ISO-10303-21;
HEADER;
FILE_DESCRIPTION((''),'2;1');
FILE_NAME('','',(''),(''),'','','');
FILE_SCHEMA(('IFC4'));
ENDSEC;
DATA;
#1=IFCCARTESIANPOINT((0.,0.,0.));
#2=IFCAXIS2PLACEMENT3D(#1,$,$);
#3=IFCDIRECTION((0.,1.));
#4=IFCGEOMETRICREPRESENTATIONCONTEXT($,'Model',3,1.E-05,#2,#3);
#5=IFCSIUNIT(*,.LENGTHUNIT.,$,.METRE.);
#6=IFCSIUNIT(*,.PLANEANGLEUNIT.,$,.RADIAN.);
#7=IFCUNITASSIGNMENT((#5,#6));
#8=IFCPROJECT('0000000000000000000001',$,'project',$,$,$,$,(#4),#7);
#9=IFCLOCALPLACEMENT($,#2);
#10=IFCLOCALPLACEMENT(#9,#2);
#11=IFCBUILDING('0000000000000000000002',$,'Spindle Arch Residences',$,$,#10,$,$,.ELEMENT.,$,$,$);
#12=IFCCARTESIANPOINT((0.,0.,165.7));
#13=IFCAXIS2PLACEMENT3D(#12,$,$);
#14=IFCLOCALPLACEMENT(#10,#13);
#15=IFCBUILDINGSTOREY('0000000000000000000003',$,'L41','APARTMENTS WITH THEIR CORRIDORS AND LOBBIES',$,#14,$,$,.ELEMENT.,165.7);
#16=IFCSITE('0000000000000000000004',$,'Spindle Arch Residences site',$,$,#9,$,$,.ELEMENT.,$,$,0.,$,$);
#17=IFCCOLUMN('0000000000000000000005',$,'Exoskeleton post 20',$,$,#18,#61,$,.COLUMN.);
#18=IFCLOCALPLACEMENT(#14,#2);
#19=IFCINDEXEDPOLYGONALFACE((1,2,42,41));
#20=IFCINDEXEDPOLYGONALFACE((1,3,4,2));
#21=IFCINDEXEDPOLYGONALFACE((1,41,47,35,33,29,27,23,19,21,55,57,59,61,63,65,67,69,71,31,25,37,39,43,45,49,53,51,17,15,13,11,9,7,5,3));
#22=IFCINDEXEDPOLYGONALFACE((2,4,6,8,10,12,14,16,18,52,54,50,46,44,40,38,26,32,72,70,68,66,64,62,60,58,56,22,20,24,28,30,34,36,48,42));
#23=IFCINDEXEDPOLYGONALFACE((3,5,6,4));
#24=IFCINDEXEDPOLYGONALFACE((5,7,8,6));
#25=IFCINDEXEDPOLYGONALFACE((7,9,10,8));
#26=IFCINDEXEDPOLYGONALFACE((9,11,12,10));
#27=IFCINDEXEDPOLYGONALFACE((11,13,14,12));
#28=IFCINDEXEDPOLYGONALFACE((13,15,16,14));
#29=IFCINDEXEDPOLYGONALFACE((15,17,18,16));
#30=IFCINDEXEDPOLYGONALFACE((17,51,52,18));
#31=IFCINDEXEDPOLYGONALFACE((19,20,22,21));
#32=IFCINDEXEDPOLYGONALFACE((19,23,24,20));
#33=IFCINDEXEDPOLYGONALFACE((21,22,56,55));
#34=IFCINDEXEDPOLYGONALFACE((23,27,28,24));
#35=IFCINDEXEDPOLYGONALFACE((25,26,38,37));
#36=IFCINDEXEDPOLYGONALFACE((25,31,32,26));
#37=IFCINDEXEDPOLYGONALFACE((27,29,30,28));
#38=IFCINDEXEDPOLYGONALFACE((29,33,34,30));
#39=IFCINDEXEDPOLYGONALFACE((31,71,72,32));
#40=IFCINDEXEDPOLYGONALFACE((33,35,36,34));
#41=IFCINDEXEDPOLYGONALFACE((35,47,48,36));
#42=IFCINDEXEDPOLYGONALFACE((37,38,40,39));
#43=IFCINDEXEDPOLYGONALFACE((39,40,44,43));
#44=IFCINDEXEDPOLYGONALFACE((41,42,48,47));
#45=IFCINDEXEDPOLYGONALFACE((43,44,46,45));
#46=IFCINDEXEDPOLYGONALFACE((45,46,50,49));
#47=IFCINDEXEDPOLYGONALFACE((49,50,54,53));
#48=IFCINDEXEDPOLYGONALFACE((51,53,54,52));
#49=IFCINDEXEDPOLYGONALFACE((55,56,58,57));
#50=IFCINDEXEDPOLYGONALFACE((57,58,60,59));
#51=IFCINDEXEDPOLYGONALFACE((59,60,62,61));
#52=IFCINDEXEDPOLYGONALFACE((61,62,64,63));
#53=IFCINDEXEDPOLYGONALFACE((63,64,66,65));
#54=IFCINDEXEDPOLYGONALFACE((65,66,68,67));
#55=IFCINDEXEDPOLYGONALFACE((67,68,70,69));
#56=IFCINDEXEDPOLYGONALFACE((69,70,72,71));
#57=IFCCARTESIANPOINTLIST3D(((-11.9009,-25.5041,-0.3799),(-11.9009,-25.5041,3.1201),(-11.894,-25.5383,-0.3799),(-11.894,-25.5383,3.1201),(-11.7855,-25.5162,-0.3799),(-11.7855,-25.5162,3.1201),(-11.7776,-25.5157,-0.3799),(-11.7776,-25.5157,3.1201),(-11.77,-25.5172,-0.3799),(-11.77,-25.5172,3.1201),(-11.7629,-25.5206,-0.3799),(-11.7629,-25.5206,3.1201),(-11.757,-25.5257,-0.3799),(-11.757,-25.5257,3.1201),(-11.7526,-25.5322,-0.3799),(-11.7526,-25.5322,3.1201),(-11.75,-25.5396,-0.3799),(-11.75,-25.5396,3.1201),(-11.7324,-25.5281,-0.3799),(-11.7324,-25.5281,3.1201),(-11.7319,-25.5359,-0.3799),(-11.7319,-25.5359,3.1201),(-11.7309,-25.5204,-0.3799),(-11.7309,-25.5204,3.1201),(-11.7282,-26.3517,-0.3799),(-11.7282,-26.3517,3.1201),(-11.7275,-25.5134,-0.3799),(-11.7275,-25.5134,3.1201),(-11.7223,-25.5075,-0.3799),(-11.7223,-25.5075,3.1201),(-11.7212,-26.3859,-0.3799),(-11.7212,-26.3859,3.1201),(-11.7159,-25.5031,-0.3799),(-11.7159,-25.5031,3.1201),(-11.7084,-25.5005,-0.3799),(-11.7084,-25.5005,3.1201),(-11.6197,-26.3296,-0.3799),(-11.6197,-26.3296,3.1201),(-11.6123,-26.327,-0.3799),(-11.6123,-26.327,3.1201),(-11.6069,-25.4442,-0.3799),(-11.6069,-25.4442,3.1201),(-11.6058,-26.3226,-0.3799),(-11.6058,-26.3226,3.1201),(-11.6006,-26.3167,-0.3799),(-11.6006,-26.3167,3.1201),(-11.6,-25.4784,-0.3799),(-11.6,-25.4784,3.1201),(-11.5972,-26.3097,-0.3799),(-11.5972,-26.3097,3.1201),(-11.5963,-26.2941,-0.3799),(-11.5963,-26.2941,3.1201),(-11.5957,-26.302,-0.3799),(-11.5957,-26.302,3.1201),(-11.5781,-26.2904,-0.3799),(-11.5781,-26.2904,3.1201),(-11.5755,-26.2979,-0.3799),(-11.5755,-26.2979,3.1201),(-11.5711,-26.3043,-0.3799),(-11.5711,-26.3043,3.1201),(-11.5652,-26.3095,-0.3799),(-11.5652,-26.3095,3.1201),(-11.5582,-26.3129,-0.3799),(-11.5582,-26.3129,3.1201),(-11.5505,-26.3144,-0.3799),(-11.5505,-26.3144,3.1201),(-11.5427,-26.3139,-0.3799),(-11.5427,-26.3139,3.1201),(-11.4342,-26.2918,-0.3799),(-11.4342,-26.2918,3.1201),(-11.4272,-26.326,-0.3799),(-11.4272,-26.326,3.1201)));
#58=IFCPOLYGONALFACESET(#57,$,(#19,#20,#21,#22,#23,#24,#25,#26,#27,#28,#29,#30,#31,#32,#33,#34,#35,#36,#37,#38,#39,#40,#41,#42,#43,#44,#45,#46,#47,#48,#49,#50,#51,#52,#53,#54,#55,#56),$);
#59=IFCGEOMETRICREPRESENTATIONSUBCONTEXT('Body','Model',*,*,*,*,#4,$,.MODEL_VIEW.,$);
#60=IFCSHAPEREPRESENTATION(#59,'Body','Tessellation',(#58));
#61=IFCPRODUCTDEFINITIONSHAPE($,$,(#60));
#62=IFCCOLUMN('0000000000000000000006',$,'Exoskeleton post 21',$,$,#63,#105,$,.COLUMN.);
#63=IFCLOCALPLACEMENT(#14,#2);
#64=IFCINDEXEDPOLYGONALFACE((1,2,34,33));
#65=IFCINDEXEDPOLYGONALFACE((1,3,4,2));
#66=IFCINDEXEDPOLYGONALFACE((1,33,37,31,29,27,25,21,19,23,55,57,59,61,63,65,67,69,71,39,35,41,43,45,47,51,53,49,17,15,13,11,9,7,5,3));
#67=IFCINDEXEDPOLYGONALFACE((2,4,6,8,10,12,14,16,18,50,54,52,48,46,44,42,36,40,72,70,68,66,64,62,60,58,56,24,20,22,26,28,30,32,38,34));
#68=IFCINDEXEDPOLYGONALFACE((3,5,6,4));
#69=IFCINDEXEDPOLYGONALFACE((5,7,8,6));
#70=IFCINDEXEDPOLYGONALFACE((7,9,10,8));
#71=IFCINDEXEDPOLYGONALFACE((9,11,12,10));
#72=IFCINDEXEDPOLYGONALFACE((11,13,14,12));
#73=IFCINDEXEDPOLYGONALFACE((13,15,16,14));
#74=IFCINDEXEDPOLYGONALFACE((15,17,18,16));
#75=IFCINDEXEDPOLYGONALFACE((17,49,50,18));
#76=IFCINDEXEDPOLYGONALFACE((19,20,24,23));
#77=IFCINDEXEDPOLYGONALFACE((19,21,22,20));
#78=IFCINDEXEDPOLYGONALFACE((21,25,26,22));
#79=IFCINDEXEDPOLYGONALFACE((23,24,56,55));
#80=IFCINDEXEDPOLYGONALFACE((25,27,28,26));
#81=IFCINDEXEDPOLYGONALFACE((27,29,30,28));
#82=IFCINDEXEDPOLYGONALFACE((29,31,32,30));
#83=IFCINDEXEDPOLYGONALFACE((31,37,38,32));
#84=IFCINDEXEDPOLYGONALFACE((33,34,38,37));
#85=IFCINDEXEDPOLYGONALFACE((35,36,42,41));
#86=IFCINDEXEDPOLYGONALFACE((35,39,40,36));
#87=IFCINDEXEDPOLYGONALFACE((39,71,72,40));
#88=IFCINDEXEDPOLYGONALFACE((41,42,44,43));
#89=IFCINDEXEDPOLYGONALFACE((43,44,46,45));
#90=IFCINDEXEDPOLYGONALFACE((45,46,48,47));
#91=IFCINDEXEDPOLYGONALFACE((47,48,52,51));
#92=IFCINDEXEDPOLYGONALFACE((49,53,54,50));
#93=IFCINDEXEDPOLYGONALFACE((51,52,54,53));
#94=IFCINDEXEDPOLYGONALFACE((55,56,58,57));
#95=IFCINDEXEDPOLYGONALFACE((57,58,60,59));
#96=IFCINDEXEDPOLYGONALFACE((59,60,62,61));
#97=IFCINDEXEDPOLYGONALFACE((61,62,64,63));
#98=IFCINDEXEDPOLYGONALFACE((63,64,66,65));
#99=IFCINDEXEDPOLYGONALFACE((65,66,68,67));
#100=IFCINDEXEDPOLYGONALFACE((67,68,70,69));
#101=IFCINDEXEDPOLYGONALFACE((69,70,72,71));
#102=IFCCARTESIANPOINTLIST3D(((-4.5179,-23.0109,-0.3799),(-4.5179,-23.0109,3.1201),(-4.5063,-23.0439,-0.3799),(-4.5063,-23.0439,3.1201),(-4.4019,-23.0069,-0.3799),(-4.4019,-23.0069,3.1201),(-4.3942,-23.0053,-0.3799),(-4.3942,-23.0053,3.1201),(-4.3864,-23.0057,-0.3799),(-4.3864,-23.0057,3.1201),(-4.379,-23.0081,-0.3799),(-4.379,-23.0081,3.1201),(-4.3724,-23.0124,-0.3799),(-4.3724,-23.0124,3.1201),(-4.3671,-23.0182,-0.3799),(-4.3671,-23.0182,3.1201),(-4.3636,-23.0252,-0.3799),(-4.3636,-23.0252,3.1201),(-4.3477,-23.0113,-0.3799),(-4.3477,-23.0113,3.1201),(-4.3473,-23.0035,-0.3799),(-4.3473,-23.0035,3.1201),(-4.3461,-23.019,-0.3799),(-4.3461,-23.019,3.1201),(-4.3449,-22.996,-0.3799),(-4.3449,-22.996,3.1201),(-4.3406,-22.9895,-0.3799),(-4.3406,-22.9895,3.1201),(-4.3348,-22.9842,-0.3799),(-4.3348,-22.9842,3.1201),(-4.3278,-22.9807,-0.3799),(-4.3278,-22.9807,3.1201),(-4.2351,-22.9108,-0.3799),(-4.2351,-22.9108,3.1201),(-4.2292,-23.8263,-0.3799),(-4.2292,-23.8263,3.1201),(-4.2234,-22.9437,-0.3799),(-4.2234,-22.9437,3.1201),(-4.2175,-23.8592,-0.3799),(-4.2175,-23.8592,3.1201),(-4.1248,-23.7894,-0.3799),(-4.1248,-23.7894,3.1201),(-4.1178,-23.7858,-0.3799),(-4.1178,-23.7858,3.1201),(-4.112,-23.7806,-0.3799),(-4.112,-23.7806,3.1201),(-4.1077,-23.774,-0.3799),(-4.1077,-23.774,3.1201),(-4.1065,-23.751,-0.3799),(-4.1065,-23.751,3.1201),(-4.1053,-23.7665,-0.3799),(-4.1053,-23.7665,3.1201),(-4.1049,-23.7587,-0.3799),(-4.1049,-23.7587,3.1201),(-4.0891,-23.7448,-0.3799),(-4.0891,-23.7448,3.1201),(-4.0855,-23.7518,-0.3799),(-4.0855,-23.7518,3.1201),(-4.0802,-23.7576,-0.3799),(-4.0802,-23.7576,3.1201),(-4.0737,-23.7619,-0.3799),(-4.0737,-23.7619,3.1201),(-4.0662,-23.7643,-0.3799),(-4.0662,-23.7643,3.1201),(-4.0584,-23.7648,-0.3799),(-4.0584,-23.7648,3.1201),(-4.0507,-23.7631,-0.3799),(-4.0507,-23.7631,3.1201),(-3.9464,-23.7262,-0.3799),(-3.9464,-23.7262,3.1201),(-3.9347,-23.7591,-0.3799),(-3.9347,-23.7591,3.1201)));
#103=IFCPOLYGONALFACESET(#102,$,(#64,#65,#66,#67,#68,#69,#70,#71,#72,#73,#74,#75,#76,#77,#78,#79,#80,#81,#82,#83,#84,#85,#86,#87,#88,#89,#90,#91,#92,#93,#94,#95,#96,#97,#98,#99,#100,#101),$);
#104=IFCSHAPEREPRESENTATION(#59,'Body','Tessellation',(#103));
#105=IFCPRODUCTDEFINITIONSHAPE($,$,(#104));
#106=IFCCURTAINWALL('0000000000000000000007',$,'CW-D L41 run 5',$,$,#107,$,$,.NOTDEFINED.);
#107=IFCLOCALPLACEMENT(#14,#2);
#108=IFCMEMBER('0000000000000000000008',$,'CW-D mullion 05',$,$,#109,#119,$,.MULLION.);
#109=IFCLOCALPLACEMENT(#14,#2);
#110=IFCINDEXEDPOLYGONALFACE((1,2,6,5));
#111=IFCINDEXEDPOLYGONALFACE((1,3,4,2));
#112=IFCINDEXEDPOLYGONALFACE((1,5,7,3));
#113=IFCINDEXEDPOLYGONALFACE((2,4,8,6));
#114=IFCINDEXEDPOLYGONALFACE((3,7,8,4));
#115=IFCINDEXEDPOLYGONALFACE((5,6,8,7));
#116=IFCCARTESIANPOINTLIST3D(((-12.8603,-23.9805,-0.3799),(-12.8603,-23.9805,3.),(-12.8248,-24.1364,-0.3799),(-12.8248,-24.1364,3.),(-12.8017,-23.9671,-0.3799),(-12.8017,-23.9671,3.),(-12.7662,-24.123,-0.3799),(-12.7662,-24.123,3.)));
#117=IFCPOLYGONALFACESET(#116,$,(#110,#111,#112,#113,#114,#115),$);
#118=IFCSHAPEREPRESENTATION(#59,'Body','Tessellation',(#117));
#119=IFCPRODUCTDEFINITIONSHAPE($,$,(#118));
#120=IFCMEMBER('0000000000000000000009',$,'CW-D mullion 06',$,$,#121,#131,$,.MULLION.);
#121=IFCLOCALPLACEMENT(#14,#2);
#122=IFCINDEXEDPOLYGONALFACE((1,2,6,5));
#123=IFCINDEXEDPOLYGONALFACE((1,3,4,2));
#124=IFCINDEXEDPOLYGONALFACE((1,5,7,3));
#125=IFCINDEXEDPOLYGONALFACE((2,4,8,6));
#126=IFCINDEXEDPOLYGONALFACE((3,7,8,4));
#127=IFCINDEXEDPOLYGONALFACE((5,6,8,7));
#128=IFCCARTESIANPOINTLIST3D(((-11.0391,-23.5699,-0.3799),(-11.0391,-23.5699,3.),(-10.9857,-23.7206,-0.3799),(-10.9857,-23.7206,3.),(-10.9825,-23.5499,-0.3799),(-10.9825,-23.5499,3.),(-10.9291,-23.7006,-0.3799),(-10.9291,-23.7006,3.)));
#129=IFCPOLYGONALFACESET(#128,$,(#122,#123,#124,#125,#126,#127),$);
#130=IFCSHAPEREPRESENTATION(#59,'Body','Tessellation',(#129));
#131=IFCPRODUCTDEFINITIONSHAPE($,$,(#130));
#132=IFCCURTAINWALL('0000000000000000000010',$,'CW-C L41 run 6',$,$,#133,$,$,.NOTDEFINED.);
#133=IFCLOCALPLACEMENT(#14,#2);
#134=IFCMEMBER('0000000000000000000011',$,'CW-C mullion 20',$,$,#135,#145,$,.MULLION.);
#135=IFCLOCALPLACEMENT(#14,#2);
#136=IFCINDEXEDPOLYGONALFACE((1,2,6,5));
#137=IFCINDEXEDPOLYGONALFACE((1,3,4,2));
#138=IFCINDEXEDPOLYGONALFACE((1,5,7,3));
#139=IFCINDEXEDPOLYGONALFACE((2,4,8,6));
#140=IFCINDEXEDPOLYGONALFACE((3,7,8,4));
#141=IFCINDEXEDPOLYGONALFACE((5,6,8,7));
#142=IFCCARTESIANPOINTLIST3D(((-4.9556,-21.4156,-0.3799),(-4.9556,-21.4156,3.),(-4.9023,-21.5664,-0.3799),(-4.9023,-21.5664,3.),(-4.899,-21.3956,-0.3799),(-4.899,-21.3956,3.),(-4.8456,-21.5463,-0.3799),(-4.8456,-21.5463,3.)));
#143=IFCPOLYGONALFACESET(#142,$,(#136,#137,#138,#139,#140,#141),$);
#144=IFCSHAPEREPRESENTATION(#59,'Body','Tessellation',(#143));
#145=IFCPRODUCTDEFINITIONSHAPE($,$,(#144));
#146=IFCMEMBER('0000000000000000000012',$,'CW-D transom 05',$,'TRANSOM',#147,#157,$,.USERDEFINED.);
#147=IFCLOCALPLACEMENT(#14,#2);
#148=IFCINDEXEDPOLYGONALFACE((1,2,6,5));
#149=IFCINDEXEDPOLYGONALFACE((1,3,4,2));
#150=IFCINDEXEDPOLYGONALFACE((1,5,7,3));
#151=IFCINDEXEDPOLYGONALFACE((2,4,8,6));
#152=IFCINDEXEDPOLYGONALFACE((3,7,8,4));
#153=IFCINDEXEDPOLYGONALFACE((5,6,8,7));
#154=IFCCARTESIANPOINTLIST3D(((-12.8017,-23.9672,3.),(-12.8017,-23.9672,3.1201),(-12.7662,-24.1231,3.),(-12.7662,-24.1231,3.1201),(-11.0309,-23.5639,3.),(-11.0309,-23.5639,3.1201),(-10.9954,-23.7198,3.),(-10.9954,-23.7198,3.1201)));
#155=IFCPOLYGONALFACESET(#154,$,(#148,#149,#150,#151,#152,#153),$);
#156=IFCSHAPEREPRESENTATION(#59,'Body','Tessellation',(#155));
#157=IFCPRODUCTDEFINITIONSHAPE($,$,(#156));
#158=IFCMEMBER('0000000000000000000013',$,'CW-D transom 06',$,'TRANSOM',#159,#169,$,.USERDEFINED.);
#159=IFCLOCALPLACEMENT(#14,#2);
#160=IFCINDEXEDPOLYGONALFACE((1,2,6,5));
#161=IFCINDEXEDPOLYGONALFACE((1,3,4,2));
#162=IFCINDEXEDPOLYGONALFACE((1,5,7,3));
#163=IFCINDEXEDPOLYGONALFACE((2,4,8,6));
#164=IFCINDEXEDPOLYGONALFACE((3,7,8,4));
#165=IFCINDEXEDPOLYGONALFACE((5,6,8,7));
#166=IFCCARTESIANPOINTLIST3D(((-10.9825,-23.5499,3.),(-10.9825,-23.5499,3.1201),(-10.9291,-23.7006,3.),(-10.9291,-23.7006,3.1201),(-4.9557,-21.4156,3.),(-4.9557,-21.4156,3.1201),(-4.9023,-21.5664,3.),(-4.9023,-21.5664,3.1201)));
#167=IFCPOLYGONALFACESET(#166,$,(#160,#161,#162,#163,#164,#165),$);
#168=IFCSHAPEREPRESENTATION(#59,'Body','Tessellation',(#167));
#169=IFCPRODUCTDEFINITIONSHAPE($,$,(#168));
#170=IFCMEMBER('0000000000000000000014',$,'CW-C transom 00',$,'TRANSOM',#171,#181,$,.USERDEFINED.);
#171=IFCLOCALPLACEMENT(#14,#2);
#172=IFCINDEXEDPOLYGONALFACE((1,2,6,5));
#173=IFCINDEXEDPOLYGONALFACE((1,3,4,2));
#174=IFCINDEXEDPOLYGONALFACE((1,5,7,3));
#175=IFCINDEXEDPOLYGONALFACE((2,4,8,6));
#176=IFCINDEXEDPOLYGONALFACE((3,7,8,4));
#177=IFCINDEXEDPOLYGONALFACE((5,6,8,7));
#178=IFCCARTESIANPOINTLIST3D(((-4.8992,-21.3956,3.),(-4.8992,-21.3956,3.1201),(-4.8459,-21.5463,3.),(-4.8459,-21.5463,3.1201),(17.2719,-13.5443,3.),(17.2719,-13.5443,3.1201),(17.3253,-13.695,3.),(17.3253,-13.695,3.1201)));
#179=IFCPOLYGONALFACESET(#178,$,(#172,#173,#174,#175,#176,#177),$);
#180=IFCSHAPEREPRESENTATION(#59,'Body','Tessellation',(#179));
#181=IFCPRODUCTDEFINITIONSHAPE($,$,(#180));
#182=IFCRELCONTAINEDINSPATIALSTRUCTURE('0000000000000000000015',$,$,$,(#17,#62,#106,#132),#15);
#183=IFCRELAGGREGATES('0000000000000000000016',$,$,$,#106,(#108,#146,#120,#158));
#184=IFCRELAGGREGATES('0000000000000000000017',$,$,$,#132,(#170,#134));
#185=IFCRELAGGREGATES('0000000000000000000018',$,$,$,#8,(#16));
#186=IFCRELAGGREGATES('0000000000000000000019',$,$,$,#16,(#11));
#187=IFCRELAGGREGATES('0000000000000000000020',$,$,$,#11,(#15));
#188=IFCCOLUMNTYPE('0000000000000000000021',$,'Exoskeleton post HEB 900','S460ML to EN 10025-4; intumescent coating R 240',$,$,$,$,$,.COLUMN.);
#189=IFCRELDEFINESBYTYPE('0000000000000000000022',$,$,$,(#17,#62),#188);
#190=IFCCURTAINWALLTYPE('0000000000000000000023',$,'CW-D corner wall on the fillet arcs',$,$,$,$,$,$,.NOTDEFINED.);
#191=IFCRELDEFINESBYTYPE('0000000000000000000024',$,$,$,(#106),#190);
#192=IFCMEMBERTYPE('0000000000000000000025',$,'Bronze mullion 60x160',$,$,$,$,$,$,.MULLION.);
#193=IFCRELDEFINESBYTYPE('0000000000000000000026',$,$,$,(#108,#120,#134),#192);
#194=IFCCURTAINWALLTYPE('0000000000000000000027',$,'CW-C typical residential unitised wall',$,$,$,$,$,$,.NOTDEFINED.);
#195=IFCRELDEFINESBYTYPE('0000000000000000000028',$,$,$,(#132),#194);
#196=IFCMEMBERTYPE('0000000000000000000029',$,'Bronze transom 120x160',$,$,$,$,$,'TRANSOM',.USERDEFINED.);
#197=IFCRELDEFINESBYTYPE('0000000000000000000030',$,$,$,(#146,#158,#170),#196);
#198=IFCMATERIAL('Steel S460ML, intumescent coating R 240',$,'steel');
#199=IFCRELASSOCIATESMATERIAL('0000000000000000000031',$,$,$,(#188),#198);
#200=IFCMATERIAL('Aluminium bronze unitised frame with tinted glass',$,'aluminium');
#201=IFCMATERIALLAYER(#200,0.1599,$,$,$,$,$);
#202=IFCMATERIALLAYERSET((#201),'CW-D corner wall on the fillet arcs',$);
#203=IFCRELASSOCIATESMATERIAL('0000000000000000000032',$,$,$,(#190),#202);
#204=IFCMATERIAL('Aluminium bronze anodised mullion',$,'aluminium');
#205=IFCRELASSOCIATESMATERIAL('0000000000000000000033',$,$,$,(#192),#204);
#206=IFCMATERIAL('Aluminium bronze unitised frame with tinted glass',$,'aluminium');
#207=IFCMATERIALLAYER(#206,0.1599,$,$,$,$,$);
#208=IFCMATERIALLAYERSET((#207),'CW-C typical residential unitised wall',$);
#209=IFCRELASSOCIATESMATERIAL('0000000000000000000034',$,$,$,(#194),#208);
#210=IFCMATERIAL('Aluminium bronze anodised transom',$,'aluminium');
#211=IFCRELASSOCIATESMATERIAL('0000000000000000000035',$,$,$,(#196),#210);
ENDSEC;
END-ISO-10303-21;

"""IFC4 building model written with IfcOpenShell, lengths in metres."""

from ifc_helpers import new_model, si_unit, direction, frame, origin, origin_2d, place, context, subcontext, project, spatial, rectangle, i_section, extrude, material, layer, layer_set, material_profile, profile_set, type_object, element, aggregate, save


model = new_model("IFC4")

# Units and contexts
model_context = context("Model", 3, precision=1e-05, world=origin(), true_north=direction((0.0, 1.0)))
body_context = subcontext(model_context, "Body", "Model", "MODEL_VIEW")
ifc_project = project(units=[si_unit("LENGTHUNIT", "METRE"), si_unit("PLANEANGLEUNIT", "RADIAN")], contexts=[model_context])

# Site, building, storey
site_placement = place(None, origin())
site = spatial("IfcSite", under=ifc_project, at=site_placement, Name="Spindle Arch Residences site", CompositionType="ELEMENT", RefElevation=0.0)
building_placement = place(site_placement, origin())
building = spatial("IfcBuilding", under=site, at=building_placement, Name="Spindle Arch Residences", CompositionType="ELEMENT")
storey_placement = place(building_placement, frame((0.0, 0.0, 165.7)))
storey = spatial("IfcBuildingStorey", under=building, at=storey_placement, Name="L41", Description="APARTMENTS WITH THEIR CORRIDORS AND LOBBIES", CompositionType="ELEMENT", Elevation=165.7)

# Columns
ifc_material_1 = material(Name="Steel S460ML, intumescent coating R 240", Category="steel")
ifc_material_profile_1 = material_profile(ifc_material_1, i_section(OverallWidth=0.3, OverallDepth=0.8999, WebThickness=0.0186, FlangeThickness=0.0349, FilletRadius=0.03, at=origin_2d()), Name="HEB 900")
ifc_profile_set_1 = profile_set([ifc_material_profile_1], Name="Steel S460ML, intumescent coating R 240")
column_type = type_object("IfcColumnType", Name="Exoskeleton post HEB 900", Description="S460ML to EN 10025-4; intumescent coating R 240", PredefinedType="COLUMN", material=ifc_profile_set_1)
for number, where, z_axis, x_axis, name in (
    (1, (-11.6641, -25.915, -0.3799), (0.0, 0.0, 1.0), (-0.979853, -0.199719, 0.0), "Exoskeleton post 20"),
    (2, (-4.2263, -23.385, -0.3799), (0.0, 0.0, 1.0), (-0.942641, -0.333807, 0.0), "Exoskeleton post 21"),
):
    element("IfcColumn", number, at=place(storey_placement, frame(where, z_axis=z_axis, x_axis=x_axis)), inside=storey, type_object=column_type, Name=name, PredefinedType="COLUMN", context=body_context, shape_type="SweptSolid", body=[
        extrude(i_section(OverallWidth=0.3, OverallDepth=0.8999, WebThickness=0.0186, FlangeThickness=0.0349, FilletRadius=0.03, at=origin_2d()), origin(), (0.0, 0.0, 1.0), 3.5),
    ])

# Curtain wall, members
ifc_material_2 = material(Name="Aluminium bronze unitised frame with tinted glass", Category="aluminium")
ifc_layer_1 = layer(ifc_material_2, 0.1599)
ifc_layer_set_1 = layer_set([ifc_layer_1], Name="CW-D corner wall on the fillet arcs")
curtain_wall_type_1 = type_object("IfcCurtainWallType", Name="CW-D corner wall on the fillet arcs", PredefinedType="NOTDEFINED", material=ifc_layer_set_1)
curtain_wall_1_placement = place(storey_placement, origin())
curtain_wall_1 = element("IfcCurtainWall", 3, at=curtain_wall_1_placement, inside=storey, type_object=curtain_wall_type_1, Name="CW-D L41 run 5", PredefinedType="NOTDEFINED")
ifc_material_3 = material(Name="Aluminium bronze anodised mullion", Category="aluminium")
ifc_material_profile_2 = material_profile(ifc_material_3, rectangle(XDim=0.1599, YDim=0.0601, at=origin_2d()), Name="MU 60x160")
ifc_profile_set_2 = profile_set([ifc_material_profile_2], Name="Aluminium bronze anodised mullion")
member_type_1 = type_object("IfcMemberType", Name="Bronze mullion 60x160", PredefinedType="MULLION", material=ifc_profile_set_2)
member_1_placement = place(storey_placement, frame((-12.8132, -24.0518, -0.3799), z_axis=(0.0, 0.0, 1.0), x_axis=(-0.222116, 0.97502, 0.0)))
member_1 = element("IfcMember", 4, at=member_1_placement, type_object=member_type_1, Name="CW-D mullion 05", PredefinedType="MULLION", context=body_context, shape_type="SweptSolid", body=[
    extrude(rectangle(XDim=0.1599, YDim=0.0601, at=origin_2d()), origin(), (0.0, 0.0, 1.0), 3.3799),
])
member_2_placement = place(storey_placement, frame((-10.9841, -23.6353, -0.3799), z_axis=(0.0, 0.0, 1.0), x_axis=(-0.333807, 0.942641, 0.0)))
member_2 = element("IfcMember", 5, at=member_2_placement, type_object=member_type_1, Name="CW-D mullion 06", PredefinedType="MULLION", context=body_context, shape_type="SweptSolid", body=[
    extrude(rectangle(XDim=0.1599, YDim=0.0601, at=origin_2d()), origin(), (0.0, 0.0, 1.0), 3.3799),
])

# Curtain wall, member
ifc_material_4 = material(Name="Aluminium bronze unitised frame with tinted glass", Category="aluminium")
ifc_layer_2 = layer(ifc_material_4, 0.1599)
ifc_layer_set_2 = layer_set([ifc_layer_2], Name="CW-C typical residential unitised wall")
curtain_wall_type_2 = type_object("IfcCurtainWallType", Name="CW-C typical residential unitised wall", PredefinedType="NOTDEFINED", material=ifc_layer_set_2)
curtain_wall_2_placement = place(storey_placement, origin())
curtain_wall_2 = element("IfcCurtainWall", 6, at=curtain_wall_2_placement, inside=storey, type_object=curtain_wall_type_2, Name="CW-C L41 run 6", PredefinedType="NOTDEFINED")
member_3_placement = place(storey_placement, frame((-4.9006, -21.481, -0.3799), z_axis=(0.0, 0.0, 1.0), x_axis=(-0.333807, 0.942641, 0.0)))
member_3 = element("IfcMember", 7, at=member_3_placement, type_object=member_type_1, Name="CW-C mullion 20", PredefinedType="MULLION", context=body_context, shape_type="SweptSolid", body=[
    extrude(rectangle(XDim=0.1599, YDim=0.0601, at=origin_2d()), origin(), (0.0, 0.0, 1.0), 3.3799),
])

# Members
ifc_material_5 = material(Name="Aluminium bronze anodised transom", Category="aluminium")
ifc_material_profile_3 = material_profile(ifc_material_5, rectangle(XDim=0.1599, YDim=0.1201, at=origin_2d()), Name="TR 120x160")
ifc_profile_set_3 = profile_set([ifc_material_profile_3], Name="Aluminium bronze anodised transom")
member_type_2 = type_object("IfcMemberType", Name="Bronze transom 120x160", ElementType="TRANSOM", PredefinedType="USERDEFINED", material=ifc_profile_set_3)
member_4_placement = place(storey_placement, frame((-12.7839, -24.0452, 3.0601), z_axis=(0.975028, 0.22208, 0.0), x_axis=(-0.22208, 0.975028, 0.0)))
member_4 = element("IfcMember", 8, at=member_4_placement, type_object=member_type_2, Name="CW-D transom 05", ObjectType="TRANSOM", PredefinedType="USERDEFINED", context=body_context, shape_type="SweptSolid", body=[
    extrude(rectangle(XDim=0.1599, YDim=0.1201, at=origin_2d()), origin(), (0.0, 0.0, 1.0), 1.8162),
])
member_5_placement = place(storey_placement, frame((-10.9558, -23.6252, 3.0601), z_axis=(0.942639, 0.333815, 0.0), x_axis=(-0.333815, 0.942639, 0.0)))
member_5 = element("IfcMember", 9, at=member_5_placement, type_object=member_type_2, Name="CW-D transom 06", ObjectType="TRANSOM", PredefinedType="USERDEFINED", context=body_context, shape_type="SweptSolid", body=[
    extrude(rectangle(XDim=0.1599, YDim=0.1201, at=origin_2d()), origin(), (0.0, 0.0, 1.0), 6.3936),
])
member_6_placement = place(storey_placement, frame((-4.8726, -21.4709, 3.0601), z_axis=(0.94264, 0.333811, 0.0), x_axis=(-0.333811, 0.94264, 0.0)))
member_6 = element("IfcMember", 10, at=member_6_placement, type_object=member_type_2, Name="CW-C transom 00", ObjectType="TRANSOM", PredefinedType="USERDEFINED", context=body_context, shape_type="SweptSolid", body=[
    extrude(rectangle(XDim=0.1599, YDim=0.1201, at=origin_2d()), origin(), (0.0, 0.0, 1.0), 23.5203),
])

aggregate(curtain_wall_1, [member_1, member_4, member_2, member_5])
aggregate(curtain_wall_2, [member_6, member_3])

save(model, "model.ifc")
